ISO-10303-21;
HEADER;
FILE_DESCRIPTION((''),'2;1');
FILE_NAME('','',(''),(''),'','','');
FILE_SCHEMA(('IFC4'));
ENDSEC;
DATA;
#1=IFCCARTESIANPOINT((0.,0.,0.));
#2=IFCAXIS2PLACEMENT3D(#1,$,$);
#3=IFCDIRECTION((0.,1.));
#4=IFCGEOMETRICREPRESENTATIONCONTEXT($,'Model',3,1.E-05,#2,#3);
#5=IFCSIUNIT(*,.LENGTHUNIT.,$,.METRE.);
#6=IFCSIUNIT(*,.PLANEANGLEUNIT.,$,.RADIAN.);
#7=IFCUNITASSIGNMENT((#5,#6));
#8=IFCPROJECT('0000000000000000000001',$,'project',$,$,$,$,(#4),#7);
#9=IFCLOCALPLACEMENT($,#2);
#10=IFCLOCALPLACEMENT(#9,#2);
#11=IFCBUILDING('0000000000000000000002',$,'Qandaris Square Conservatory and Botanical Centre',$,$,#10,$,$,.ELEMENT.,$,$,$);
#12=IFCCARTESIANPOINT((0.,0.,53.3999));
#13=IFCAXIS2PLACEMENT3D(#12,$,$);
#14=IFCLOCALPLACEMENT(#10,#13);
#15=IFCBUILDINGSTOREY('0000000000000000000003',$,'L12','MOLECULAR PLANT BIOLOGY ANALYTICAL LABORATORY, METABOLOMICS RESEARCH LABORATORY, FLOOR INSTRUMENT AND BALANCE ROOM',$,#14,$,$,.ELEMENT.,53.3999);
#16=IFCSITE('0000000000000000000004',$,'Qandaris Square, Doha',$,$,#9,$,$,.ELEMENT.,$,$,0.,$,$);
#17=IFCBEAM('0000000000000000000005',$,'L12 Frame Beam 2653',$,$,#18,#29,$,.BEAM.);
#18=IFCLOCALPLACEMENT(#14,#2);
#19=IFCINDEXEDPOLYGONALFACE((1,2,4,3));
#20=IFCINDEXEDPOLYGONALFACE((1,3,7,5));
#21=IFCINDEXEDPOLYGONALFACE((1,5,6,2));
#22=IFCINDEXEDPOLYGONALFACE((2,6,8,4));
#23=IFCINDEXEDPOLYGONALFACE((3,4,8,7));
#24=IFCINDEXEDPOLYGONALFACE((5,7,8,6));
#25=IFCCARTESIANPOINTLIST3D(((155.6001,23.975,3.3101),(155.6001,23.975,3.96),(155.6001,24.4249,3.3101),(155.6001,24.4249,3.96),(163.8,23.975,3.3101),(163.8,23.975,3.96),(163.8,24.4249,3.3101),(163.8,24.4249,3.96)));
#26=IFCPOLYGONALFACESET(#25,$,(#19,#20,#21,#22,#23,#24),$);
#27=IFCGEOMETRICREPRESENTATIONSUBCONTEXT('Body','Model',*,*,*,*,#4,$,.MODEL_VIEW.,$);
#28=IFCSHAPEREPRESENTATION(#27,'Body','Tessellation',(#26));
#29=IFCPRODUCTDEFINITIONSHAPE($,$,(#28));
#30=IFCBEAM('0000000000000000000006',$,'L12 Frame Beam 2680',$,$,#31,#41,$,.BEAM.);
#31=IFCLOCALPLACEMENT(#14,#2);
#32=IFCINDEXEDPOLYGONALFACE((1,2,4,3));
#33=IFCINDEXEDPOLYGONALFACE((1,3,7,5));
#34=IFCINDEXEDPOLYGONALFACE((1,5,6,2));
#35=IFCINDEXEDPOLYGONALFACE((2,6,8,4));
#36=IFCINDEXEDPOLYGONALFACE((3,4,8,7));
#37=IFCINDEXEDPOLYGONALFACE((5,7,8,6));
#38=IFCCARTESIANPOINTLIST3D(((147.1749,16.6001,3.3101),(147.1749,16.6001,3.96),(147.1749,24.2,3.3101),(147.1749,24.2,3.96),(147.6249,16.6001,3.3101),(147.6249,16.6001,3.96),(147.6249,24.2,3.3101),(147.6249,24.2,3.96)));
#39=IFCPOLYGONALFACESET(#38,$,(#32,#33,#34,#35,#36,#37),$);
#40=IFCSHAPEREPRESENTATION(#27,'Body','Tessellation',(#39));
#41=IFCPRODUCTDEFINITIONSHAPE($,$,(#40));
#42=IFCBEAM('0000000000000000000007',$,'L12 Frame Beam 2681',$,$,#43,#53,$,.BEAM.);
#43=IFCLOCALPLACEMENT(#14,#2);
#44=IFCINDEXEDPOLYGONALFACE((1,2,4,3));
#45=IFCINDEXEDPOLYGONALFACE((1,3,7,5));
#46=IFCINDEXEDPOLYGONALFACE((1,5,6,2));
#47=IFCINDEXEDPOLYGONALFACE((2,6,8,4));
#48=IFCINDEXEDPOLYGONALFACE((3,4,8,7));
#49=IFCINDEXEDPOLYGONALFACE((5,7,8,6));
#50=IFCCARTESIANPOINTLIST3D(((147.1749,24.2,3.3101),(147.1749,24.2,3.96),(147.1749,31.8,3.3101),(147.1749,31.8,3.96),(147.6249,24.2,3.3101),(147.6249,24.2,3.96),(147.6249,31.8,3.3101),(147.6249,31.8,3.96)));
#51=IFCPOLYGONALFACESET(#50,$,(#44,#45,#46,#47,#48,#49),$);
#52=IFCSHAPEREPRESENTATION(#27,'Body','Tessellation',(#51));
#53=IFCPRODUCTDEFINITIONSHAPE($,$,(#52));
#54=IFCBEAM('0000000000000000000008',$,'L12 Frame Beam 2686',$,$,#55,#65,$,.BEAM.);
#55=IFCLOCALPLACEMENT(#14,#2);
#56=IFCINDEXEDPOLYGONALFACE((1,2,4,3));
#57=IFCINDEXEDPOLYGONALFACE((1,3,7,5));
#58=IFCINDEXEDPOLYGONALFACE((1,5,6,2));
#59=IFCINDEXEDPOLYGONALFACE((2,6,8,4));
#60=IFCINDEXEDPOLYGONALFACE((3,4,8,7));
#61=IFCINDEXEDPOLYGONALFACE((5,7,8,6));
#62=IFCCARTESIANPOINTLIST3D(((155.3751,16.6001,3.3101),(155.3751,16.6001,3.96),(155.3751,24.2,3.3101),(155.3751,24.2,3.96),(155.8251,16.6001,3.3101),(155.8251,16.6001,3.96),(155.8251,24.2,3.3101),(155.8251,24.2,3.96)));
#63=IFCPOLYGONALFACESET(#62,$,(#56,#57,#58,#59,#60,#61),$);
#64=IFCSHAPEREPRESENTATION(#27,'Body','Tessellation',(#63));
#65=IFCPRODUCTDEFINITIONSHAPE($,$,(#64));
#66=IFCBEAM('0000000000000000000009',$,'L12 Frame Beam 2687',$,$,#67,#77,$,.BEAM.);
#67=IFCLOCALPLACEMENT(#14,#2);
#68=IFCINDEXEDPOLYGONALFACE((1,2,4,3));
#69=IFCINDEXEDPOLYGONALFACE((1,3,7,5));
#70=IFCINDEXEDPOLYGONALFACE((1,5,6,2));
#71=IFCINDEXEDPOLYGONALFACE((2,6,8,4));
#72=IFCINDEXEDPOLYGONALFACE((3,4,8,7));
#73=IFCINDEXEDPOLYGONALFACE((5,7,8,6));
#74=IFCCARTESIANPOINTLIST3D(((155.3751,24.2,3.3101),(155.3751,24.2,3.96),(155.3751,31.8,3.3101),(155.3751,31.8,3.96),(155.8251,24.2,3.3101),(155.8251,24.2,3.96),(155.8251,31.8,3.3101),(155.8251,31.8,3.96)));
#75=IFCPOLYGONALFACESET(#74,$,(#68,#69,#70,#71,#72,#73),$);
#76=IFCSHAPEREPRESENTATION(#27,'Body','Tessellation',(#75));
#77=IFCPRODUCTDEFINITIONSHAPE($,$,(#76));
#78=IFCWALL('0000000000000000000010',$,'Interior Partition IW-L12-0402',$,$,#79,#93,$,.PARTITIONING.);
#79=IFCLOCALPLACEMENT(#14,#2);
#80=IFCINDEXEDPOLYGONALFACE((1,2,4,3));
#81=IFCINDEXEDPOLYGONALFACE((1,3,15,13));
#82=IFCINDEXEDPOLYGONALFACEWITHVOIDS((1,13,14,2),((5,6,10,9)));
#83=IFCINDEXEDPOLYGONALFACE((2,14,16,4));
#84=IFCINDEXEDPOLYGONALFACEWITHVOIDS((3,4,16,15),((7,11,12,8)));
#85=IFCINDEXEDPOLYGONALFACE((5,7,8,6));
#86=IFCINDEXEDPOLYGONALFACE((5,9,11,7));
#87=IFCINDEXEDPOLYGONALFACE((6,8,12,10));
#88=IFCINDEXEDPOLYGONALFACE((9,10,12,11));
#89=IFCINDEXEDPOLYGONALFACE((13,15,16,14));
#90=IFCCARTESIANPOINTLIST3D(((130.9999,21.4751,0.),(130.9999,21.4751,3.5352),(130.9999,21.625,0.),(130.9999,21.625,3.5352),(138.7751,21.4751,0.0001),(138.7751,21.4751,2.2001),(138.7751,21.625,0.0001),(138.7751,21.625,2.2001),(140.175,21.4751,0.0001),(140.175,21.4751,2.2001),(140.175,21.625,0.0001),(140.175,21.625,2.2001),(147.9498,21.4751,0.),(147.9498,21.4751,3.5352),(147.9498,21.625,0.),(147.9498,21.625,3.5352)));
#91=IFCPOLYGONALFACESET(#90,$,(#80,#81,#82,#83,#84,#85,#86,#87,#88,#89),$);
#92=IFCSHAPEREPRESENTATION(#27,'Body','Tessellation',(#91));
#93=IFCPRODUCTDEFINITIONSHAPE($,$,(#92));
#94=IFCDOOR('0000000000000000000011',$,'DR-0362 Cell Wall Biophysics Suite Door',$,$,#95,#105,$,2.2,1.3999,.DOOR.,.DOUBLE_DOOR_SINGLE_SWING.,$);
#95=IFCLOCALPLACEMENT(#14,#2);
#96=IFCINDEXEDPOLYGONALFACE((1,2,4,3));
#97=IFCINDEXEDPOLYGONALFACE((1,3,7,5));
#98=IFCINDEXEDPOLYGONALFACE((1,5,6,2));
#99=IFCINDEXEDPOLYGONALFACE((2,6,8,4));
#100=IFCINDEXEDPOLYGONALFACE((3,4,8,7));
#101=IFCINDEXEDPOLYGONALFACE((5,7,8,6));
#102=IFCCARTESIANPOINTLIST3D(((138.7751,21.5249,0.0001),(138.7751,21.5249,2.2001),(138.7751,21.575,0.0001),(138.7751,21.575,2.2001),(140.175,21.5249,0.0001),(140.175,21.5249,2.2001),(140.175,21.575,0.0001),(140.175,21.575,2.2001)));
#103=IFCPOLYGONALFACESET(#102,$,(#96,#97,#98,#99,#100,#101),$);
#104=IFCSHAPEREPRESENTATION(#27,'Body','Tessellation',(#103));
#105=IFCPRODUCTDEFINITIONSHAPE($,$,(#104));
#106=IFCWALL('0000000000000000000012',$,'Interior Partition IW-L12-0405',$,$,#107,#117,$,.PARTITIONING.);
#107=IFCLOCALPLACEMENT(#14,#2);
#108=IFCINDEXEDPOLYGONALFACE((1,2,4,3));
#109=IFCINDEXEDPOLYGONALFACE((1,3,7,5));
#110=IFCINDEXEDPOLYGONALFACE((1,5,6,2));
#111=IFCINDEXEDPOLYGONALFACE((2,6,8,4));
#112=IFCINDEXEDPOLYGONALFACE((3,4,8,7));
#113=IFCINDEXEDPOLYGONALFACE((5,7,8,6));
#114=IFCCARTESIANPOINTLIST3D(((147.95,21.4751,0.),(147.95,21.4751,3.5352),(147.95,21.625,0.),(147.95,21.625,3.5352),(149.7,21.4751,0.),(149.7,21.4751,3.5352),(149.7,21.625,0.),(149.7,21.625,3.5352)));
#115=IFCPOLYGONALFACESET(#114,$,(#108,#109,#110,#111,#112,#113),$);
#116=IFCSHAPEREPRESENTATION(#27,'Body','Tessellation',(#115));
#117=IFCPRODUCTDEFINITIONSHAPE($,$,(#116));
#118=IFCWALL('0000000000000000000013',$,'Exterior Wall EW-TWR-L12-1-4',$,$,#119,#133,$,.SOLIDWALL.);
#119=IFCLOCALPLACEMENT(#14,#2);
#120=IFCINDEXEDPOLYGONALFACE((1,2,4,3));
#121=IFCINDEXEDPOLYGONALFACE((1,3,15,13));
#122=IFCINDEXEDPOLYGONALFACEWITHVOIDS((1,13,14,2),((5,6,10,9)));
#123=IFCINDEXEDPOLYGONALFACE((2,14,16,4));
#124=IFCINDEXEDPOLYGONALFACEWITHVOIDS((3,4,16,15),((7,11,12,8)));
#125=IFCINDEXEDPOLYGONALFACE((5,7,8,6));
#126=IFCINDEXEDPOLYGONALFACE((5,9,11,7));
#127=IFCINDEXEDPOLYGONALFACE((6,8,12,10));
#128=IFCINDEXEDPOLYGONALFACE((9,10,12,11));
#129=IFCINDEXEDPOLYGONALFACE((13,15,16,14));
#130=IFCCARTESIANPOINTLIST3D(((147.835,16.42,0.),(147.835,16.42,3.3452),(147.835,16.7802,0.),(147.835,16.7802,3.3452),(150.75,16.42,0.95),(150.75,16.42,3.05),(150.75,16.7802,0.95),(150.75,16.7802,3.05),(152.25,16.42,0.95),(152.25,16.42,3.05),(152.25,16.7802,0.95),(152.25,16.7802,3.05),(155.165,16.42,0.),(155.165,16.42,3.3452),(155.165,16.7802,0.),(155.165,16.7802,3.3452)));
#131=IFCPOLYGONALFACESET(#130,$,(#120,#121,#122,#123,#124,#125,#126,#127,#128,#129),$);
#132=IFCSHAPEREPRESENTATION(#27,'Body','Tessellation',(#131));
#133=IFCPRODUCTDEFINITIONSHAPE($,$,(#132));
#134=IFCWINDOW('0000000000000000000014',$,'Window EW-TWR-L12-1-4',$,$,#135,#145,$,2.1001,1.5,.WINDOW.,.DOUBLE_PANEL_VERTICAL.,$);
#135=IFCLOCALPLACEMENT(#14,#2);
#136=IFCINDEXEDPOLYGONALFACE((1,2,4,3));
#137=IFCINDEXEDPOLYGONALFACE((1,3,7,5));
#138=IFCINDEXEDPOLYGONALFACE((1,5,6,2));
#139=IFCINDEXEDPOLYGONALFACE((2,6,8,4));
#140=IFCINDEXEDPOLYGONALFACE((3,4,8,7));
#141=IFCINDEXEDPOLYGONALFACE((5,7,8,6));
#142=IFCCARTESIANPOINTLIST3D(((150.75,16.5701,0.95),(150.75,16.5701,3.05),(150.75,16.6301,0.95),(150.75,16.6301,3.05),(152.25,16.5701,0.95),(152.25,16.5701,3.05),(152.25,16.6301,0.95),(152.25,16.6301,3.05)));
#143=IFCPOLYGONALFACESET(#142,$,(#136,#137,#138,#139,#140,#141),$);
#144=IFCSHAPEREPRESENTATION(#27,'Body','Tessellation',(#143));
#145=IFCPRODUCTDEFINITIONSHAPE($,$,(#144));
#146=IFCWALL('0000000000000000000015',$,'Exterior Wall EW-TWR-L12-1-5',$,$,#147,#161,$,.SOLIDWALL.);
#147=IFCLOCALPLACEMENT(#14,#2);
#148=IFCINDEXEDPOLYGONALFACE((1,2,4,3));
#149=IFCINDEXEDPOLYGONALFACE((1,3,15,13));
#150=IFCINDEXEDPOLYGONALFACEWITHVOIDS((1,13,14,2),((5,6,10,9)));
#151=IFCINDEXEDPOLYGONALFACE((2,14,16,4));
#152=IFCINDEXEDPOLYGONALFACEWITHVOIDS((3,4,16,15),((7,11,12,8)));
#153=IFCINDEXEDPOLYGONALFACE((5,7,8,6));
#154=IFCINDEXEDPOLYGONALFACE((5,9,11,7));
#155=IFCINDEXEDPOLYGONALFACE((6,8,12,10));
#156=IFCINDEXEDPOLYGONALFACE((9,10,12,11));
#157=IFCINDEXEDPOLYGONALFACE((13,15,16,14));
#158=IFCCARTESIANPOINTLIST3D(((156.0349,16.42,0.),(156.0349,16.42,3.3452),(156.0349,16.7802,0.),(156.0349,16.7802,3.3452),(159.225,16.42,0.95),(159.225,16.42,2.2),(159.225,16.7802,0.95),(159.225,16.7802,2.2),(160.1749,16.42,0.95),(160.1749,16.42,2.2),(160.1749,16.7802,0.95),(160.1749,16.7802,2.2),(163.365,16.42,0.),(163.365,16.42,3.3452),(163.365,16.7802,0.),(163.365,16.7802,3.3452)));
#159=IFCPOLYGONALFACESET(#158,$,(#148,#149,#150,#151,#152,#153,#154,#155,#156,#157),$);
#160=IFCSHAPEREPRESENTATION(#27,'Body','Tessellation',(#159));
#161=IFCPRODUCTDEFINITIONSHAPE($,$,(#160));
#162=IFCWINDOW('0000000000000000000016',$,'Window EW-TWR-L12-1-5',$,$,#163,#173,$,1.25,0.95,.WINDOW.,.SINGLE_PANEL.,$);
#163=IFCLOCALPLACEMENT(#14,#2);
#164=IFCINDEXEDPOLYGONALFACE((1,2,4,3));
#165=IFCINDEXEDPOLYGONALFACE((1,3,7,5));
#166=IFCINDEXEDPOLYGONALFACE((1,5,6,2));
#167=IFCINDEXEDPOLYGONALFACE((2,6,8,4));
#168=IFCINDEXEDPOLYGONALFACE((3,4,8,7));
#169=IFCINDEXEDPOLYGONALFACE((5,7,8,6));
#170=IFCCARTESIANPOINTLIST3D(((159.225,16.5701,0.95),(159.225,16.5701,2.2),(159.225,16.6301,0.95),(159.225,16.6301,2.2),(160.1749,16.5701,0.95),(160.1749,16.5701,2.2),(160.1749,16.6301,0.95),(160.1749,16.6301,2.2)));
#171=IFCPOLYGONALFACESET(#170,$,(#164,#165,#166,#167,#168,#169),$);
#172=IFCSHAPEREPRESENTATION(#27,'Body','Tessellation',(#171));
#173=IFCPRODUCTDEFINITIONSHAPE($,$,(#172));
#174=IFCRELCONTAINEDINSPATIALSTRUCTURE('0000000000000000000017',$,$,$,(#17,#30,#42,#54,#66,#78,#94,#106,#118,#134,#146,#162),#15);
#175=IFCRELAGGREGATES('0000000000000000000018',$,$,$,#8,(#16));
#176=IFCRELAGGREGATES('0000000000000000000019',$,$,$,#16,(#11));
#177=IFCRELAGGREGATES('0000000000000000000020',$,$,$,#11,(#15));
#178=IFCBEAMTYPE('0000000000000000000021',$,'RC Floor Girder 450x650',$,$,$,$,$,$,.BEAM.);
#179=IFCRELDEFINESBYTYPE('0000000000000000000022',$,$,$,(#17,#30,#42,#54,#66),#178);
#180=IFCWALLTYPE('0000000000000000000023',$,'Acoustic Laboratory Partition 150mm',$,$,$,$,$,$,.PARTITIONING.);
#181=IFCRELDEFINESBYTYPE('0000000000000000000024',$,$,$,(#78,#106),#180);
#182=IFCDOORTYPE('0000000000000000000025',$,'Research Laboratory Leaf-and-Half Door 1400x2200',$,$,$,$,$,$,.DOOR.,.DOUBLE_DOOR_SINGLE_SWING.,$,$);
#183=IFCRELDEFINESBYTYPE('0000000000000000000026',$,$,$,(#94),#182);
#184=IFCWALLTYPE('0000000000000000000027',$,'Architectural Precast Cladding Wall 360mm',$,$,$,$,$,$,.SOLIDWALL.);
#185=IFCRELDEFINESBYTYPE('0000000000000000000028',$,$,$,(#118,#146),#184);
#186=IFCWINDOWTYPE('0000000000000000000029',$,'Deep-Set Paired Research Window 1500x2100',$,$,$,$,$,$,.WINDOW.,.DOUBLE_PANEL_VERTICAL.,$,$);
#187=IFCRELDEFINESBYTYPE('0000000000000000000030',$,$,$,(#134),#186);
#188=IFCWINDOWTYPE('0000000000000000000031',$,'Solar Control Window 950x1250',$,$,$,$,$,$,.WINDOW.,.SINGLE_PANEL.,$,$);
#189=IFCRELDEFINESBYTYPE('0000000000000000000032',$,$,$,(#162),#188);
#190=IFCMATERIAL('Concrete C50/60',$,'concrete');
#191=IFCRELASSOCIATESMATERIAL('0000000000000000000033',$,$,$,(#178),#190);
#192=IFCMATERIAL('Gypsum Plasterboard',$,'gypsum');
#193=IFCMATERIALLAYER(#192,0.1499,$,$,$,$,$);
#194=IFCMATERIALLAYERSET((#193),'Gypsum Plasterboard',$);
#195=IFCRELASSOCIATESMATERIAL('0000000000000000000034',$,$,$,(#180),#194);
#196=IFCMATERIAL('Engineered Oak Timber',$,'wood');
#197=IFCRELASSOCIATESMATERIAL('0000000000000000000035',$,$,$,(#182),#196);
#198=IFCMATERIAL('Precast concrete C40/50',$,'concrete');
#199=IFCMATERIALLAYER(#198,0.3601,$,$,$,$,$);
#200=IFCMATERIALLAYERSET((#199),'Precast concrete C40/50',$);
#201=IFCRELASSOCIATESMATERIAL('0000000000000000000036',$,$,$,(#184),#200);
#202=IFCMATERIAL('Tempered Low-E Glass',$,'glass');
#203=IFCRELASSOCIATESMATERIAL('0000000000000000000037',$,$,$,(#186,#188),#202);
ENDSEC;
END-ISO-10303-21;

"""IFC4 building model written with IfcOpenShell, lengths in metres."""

from ifc_helpers import new_model, si_unit, direction, frame, frame_2d, origin, origin_2d, place, context, subcontext, project, spatial, rectangle, extrude, material, layer, layer_set, material_profile, profile_set, type_object, element, fill, save


model = new_model("IFC4")

# Units and contexts
model_context = context("Model", 3, precision=1e-05, world=origin(), true_north=direction((0.0, 1.0)))
body_context = subcontext(model_context, "Body", "Model", "MODEL_VIEW")
ifc_project = project(units=[si_unit("LENGTHUNIT", "METRE"), si_unit("PLANEANGLEUNIT", "RADIAN")], contexts=[model_context])

# Site, building, storey
site_placement = place(None, origin())
site = spatial("IfcSite", under=ifc_project, at=site_placement, Name="Qandaris Square, Doha", CompositionType="ELEMENT", RefElevation=0.0)
building_placement = place(site_placement, origin())
building = spatial("IfcBuilding", under=site, at=building_placement, Name="Qandaris Square Conservatory and Botanical Centre", CompositionType="ELEMENT")
storey_placement = place(building_placement, frame((0.0, 0.0, 53.3999)))
storey = spatial("IfcBuildingStorey", under=building, at=storey_placement, Name="L12", Description="MOLECULAR PLANT BIOLOGY ANALYTICAL LABORATORY, METABOLOMICS RESEARCH LABORATORY, FLOOR INSTRUMENT AND BALANCE ROOM", CompositionType="ELEMENT", Elevation=53.3999)

# Shared definitions
ifc_material_1 = material(Name="Concrete C50/60", Category="concrete")

# Beams
ifc_material_profile_1 = material_profile(ifc_material_1, rectangle(XDim=0.45, YDim=0.6499, at=origin_2d()), Name="RC-BM 450x650")
ifc_profile_set_1 = profile_set([ifc_material_profile_1], Name="Concrete C50/60")
beam_type_1 = type_object("IfcBeamType", Name="RC Floor Girder 450x650", PredefinedType="BEAM", material=ifc_profile_set_1)
beam_1_placement = place(storey_placement, frame((155.6001, 24.2, 3.635), z_axis=(1.0, 0.0, 0.0), x_axis=(0.0, 1.0, 0.0)))
element("IfcBeam", 1, at=beam_1_placement, inside=storey, type_object=beam_type_1, Name="L12 Frame Beam 2653", PredefinedType="BEAM", context=body_context, shape_type="SweptSolid", body=[
    extrude(rectangle(XDim=0.45, YDim=0.6499, at=origin_2d()), origin(), (0.0, 0.0, 1.0), 8.2),
])
beam_2_placement = place(storey_placement, frame((147.3999, 16.6001, 3.635), z_axis=(0.0, 1.0, 0.0), x_axis=(-1.0, 0.0, 0.0)))
element("IfcBeam", 2, at=beam_2_placement, inside=storey, type_object=beam_type_1, Name="L12 Frame Beam 2680", PredefinedType="BEAM", context=body_context, shape_type="SweptSolid", body=[
    extrude(rectangle(XDim=0.45, YDim=0.6499, at=origin_2d()), origin(), (0.0, 0.0, 1.0), 7.5999),
])
beam_3_placement = place(storey_placement, frame((147.3999, 24.2, 3.635), z_axis=(0.0, 1.0, 0.0), x_axis=(-1.0, 0.0, 0.0)))
element("IfcBeam", 3, at=beam_3_placement, inside=storey, type_object=beam_type_1, Name="L12 Frame Beam 2681", PredefinedType="BEAM", context=body_context, shape_type="SweptSolid", body=[
    extrude(rectangle(XDim=0.45, YDim=0.6499, at=origin_2d()), origin(), (0.0, 0.0, 1.0), 7.6001),
])
beam_4_placement = place(storey_placement, frame((155.6001, 16.6001, 3.635), z_axis=(0.0, 1.0, 0.0), x_axis=(-1.0, 0.0, 0.0)))
element("IfcBeam", 4, at=beam_4_placement, inside=storey, type_object=beam_type_1, Name="L12 Frame Beam 2686", PredefinedType="BEAM", context=body_context, shape_type="SweptSolid", body=[
    extrude(rectangle(XDim=0.45, YDim=0.6499, at=origin_2d()), origin(), (0.0, 0.0, 1.0), 7.5999),
])
beam_5_placement = place(storey_placement, frame((155.6001, 24.2, 3.635), z_axis=(0.0, 1.0, 0.0), x_axis=(-1.0, 0.0, 0.0)))
element("IfcBeam", 5, at=beam_5_placement, inside=storey, type_object=beam_type_1, Name="L12 Frame Beam 2687", PredefinedType="BEAM", context=body_context, shape_type="SweptSolid", body=[
    extrude(rectangle(XDim=0.45, YDim=0.6499, at=origin_2d()), origin(), (0.0, 0.0, 1.0), 7.6001),
])

# Wall, opening, door
ifc_material_2 = material(Name="Gypsum Plasterboard", Category="gypsum")
ifc_layer_1 = layer(ifc_material_2, 0.1499)
ifc_layer_set_1 = layer_set([ifc_layer_1], Name="Gypsum Plasterboard")
wall_type_1 = type_object("IfcWallType", Name="Acoustic Laboratory Partition 150mm", PredefinedType="PARTITIONING", material=ifc_layer_set_1)
wall_1_placement = place(storey_placement, frame((147.95, 21.55, 0.0), z_axis=(0.0, 0.0, 1.0), x_axis=(-1.0, 0.0, 0.0)))
wall_1 = element("IfcWall", 6, at=wall_1_placement, inside=storey, type_object=wall_type_1, Name="Interior Partition IW-L12-0402", PredefinedType="PARTITIONING", context=body_context, shape_type="SweptSolid", body=[
    extrude(rectangle(XDim=16.95, YDim=0.1499, at=frame_2d((8.4751, 0.0))), origin(), (0.0, 0.0, 1.0), 3.5352),
])
opening_1_placement = place(wall_1_placement, frame((7.7749, 0.0, 0.0)))
opening_1 = element("IfcOpeningElement", 7, at=opening_1_placement, cuts=wall_1, PredefinedType="OPENING", context=body_context, shape_type="SweptSolid", body=[
    extrude(rectangle(XDim=1.3999, YDim=2.2, at=frame_2d((0.7, 1.1001))), frame((0.0, 0.0869, 0.0), z_axis=(0.0, -1.0, 0.0), x_axis=(1.0, 0.0, 0.0)), (0.0, 0.0, 1.0), 0.1738),
])
ifc_material_3 = material(Name="Engineered Oak Timber", Category="wood")
door_type_1 = type_object("IfcDoorType", Name="Research Laboratory Leaf-and-Half Door 1400x2200", OperationType="DOUBLE_DOOR_SINGLE_SWING", PredefinedType="DOOR", material=ifc_material_3)
door_1_placement = place(opening_1_placement, frame((1.3999, 0.0, 0.0), z_axis=(0.0, 0.0, 1.0), x_axis=(-1.0, 0.0, 0.0)))
door_1 = element("IfcDoor", 8, at=door_1_placement, inside=storey, type_object=door_type_1, Name="DR-0362 Cell Wall Biophysics Suite Door", OperationType="DOUBLE_DOOR_SINGLE_SWING", OverallHeight=2.2, OverallWidth=1.3999, PredefinedType="DOOR", context=body_context, shape_type="SweptSolid", body=[
    extrude(rectangle(XDim=1.3999, YDim=2.2, at=frame_2d((0.7, 1.1001))), frame((0.0, 0.0249, 0.0), z_axis=(0.0, -1.0, 0.0), x_axis=(1.0, 0.0, 0.0)), (0.0, 0.0, 1.0), 0.05),
])
fill(opening_1, door_1)

# Wall
wall_2_placement = place(storey_placement, frame((149.7, 21.55, 0.0), z_axis=(0.0, 0.0, 1.0), x_axis=(-1.0, 0.0, 0.0)))
element("IfcWall", 9, at=wall_2_placement, inside=storey, type_object=wall_type_1, Name="Interior Partition IW-L12-0405", PredefinedType="PARTITIONING", context=body_context, shape_type="SweptSolid", body=[
    extrude(rectangle(XDim=1.75, YDim=0.1499, at=frame_2d((0.875, 0.0))), origin(), (0.0, 0.0, 1.0), 3.5352),
])

# Walls, openings, windows
ifc_material_4 = material(Name="Precast concrete C40/50", Category="concrete")
ifc_layer_2 = layer(ifc_material_4, 0.3601)
ifc_layer_set_2 = layer_set([ifc_layer_2], Name="Precast concrete C40/50")
wall_type_2 = type_object("IfcWallType", Name="Architectural Precast Cladding Wall 360mm", PredefinedType="SOLIDWALL", material=ifc_layer_set_2)
wall_3_placement = place(storey_placement, frame((147.835, 16.6001, 0.0), z_axis=(0.0, 0.0, 1.0), x_axis=(1.0, 0.0, 0.0)))
wall_3 = element("IfcWall", 10, at=wall_3_placement, inside=storey, type_object=wall_type_2, Name="Exterior Wall EW-TWR-L12-1-4", PredefinedType="SOLIDWALL", context=body_context, shape_type="SweptSolid", body=[
    extrude(rectangle(XDim=7.3301, YDim=0.3601, at=frame_2d((3.665, 0.0))), origin(), (0.0, 0.0, 1.0), 3.3452),
])
opening_2_placement = place(wall_3_placement, frame((2.915, 0.0, 0.95)))
opening_2 = element("IfcOpeningElement", 11, at=opening_2_placement, cuts=wall_3, PredefinedType="OPENING", context=body_context, shape_type="SweptSolid", body=[
    extrude(rectangle(XDim=1.5, YDim=2.1001, at=frame_2d((0.75, 1.05))), frame((0.0, 0.1919, 0.0), z_axis=(0.0, -1.0, 0.0), x_axis=(1.0, 0.0, 0.0)), (0.0, 0.0, 1.0), 0.384),
])
ifc_material_5 = material(Name="Tempered Low-E Glass", Category="glass")
window_type_1 = type_object("IfcWindowType", Name="Deep-Set Paired Research Window 1500x2100", PartitioningType="DOUBLE_PANEL_VERTICAL", PredefinedType="WINDOW", material=ifc_material_5)
window_1_placement = place(opening_2_placement, origin())
window_1 = element("IfcWindow", 12, at=window_1_placement, inside=storey, type_object=window_type_1, Name="Window EW-TWR-L12-1-4", OverallHeight=2.1001, OverallWidth=1.5, PartitioningType="DOUBLE_PANEL_VERTICAL", PredefinedType="WINDOW", context=body_context, shape_type="SweptSolid", body=[
    extrude(rectangle(XDim=1.5, YDim=2.1001, at=frame_2d((0.75, 1.05))), frame((0.0, 0.03, 0.0), z_axis=(0.0, -1.0, 0.0), x_axis=(1.0, 0.0, 0.0)), (0.0, 0.0, 1.0), 0.0601),
])
fill(opening_2, window_1)
wall_4_placement = place(storey_placement, frame((156.0349, 16.6001, 0.0), z_axis=(0.0, 0.0, 1.0), x_axis=(1.0, 0.0, 0.0)))
wall_4 = element("IfcWall", 13, at=wall_4_placement, inside=storey, type_object=wall_type_2, Name="Exterior Wall EW-TWR-L12-1-5", PredefinedType="SOLIDWALL", context=body_context, shape_type="SweptSolid", body=[
    extrude(rectangle(XDim=7.3301, YDim=0.3601, at=frame_2d((3.665, 0.0))), origin(), (0.0, 0.0, 1.0), 3.3452),
])
opening_3_placement = place(wall_4_placement, frame((3.1899, 0.0, 0.95)))
opening_3 = element("IfcOpeningElement", 14, at=opening_3_placement, cuts=wall_4, PredefinedType="OPENING", context=body_context, shape_type="SweptSolid", body=[
    extrude(rectangle(XDim=0.95, YDim=1.25, at=frame_2d((0.4751, 0.625))), frame((0.0, 0.1919, 0.0), z_axis=(0.0, -1.0, 0.0), x_axis=(1.0, 0.0, 0.0)), (0.0, 0.0, 1.0), 0.384),
])
window_type_2 = type_object("IfcWindowType", Name="Solar Control Window 950x1250", PartitioningType="SINGLE_PANEL", PredefinedType="WINDOW", material=ifc_material_5)
window_2_placement = place(opening_3_placement, origin())
window_2 = element("IfcWindow", 15, at=window_2_placement, inside=storey, type_object=window_type_2, Name="Window EW-TWR-L12-1-5", OverallHeight=1.25, OverallWidth=0.95, PartitioningType="SINGLE_PANEL", PredefinedType="WINDOW", context=body_context, shape_type="SweptSolid", body=[
    extrude(rectangle(XDim=0.95, YDim=1.25, at=frame_2d((0.4751, 0.625))), frame((0.0, 0.03, 0.0), z_axis=(0.0, -1.0, 0.0), x_axis=(1.0, 0.0, 0.0)), (0.0, 0.0, 1.0), 0.0601),
])
fill(opening_3, window_2)

save(model, "model.ifc")
